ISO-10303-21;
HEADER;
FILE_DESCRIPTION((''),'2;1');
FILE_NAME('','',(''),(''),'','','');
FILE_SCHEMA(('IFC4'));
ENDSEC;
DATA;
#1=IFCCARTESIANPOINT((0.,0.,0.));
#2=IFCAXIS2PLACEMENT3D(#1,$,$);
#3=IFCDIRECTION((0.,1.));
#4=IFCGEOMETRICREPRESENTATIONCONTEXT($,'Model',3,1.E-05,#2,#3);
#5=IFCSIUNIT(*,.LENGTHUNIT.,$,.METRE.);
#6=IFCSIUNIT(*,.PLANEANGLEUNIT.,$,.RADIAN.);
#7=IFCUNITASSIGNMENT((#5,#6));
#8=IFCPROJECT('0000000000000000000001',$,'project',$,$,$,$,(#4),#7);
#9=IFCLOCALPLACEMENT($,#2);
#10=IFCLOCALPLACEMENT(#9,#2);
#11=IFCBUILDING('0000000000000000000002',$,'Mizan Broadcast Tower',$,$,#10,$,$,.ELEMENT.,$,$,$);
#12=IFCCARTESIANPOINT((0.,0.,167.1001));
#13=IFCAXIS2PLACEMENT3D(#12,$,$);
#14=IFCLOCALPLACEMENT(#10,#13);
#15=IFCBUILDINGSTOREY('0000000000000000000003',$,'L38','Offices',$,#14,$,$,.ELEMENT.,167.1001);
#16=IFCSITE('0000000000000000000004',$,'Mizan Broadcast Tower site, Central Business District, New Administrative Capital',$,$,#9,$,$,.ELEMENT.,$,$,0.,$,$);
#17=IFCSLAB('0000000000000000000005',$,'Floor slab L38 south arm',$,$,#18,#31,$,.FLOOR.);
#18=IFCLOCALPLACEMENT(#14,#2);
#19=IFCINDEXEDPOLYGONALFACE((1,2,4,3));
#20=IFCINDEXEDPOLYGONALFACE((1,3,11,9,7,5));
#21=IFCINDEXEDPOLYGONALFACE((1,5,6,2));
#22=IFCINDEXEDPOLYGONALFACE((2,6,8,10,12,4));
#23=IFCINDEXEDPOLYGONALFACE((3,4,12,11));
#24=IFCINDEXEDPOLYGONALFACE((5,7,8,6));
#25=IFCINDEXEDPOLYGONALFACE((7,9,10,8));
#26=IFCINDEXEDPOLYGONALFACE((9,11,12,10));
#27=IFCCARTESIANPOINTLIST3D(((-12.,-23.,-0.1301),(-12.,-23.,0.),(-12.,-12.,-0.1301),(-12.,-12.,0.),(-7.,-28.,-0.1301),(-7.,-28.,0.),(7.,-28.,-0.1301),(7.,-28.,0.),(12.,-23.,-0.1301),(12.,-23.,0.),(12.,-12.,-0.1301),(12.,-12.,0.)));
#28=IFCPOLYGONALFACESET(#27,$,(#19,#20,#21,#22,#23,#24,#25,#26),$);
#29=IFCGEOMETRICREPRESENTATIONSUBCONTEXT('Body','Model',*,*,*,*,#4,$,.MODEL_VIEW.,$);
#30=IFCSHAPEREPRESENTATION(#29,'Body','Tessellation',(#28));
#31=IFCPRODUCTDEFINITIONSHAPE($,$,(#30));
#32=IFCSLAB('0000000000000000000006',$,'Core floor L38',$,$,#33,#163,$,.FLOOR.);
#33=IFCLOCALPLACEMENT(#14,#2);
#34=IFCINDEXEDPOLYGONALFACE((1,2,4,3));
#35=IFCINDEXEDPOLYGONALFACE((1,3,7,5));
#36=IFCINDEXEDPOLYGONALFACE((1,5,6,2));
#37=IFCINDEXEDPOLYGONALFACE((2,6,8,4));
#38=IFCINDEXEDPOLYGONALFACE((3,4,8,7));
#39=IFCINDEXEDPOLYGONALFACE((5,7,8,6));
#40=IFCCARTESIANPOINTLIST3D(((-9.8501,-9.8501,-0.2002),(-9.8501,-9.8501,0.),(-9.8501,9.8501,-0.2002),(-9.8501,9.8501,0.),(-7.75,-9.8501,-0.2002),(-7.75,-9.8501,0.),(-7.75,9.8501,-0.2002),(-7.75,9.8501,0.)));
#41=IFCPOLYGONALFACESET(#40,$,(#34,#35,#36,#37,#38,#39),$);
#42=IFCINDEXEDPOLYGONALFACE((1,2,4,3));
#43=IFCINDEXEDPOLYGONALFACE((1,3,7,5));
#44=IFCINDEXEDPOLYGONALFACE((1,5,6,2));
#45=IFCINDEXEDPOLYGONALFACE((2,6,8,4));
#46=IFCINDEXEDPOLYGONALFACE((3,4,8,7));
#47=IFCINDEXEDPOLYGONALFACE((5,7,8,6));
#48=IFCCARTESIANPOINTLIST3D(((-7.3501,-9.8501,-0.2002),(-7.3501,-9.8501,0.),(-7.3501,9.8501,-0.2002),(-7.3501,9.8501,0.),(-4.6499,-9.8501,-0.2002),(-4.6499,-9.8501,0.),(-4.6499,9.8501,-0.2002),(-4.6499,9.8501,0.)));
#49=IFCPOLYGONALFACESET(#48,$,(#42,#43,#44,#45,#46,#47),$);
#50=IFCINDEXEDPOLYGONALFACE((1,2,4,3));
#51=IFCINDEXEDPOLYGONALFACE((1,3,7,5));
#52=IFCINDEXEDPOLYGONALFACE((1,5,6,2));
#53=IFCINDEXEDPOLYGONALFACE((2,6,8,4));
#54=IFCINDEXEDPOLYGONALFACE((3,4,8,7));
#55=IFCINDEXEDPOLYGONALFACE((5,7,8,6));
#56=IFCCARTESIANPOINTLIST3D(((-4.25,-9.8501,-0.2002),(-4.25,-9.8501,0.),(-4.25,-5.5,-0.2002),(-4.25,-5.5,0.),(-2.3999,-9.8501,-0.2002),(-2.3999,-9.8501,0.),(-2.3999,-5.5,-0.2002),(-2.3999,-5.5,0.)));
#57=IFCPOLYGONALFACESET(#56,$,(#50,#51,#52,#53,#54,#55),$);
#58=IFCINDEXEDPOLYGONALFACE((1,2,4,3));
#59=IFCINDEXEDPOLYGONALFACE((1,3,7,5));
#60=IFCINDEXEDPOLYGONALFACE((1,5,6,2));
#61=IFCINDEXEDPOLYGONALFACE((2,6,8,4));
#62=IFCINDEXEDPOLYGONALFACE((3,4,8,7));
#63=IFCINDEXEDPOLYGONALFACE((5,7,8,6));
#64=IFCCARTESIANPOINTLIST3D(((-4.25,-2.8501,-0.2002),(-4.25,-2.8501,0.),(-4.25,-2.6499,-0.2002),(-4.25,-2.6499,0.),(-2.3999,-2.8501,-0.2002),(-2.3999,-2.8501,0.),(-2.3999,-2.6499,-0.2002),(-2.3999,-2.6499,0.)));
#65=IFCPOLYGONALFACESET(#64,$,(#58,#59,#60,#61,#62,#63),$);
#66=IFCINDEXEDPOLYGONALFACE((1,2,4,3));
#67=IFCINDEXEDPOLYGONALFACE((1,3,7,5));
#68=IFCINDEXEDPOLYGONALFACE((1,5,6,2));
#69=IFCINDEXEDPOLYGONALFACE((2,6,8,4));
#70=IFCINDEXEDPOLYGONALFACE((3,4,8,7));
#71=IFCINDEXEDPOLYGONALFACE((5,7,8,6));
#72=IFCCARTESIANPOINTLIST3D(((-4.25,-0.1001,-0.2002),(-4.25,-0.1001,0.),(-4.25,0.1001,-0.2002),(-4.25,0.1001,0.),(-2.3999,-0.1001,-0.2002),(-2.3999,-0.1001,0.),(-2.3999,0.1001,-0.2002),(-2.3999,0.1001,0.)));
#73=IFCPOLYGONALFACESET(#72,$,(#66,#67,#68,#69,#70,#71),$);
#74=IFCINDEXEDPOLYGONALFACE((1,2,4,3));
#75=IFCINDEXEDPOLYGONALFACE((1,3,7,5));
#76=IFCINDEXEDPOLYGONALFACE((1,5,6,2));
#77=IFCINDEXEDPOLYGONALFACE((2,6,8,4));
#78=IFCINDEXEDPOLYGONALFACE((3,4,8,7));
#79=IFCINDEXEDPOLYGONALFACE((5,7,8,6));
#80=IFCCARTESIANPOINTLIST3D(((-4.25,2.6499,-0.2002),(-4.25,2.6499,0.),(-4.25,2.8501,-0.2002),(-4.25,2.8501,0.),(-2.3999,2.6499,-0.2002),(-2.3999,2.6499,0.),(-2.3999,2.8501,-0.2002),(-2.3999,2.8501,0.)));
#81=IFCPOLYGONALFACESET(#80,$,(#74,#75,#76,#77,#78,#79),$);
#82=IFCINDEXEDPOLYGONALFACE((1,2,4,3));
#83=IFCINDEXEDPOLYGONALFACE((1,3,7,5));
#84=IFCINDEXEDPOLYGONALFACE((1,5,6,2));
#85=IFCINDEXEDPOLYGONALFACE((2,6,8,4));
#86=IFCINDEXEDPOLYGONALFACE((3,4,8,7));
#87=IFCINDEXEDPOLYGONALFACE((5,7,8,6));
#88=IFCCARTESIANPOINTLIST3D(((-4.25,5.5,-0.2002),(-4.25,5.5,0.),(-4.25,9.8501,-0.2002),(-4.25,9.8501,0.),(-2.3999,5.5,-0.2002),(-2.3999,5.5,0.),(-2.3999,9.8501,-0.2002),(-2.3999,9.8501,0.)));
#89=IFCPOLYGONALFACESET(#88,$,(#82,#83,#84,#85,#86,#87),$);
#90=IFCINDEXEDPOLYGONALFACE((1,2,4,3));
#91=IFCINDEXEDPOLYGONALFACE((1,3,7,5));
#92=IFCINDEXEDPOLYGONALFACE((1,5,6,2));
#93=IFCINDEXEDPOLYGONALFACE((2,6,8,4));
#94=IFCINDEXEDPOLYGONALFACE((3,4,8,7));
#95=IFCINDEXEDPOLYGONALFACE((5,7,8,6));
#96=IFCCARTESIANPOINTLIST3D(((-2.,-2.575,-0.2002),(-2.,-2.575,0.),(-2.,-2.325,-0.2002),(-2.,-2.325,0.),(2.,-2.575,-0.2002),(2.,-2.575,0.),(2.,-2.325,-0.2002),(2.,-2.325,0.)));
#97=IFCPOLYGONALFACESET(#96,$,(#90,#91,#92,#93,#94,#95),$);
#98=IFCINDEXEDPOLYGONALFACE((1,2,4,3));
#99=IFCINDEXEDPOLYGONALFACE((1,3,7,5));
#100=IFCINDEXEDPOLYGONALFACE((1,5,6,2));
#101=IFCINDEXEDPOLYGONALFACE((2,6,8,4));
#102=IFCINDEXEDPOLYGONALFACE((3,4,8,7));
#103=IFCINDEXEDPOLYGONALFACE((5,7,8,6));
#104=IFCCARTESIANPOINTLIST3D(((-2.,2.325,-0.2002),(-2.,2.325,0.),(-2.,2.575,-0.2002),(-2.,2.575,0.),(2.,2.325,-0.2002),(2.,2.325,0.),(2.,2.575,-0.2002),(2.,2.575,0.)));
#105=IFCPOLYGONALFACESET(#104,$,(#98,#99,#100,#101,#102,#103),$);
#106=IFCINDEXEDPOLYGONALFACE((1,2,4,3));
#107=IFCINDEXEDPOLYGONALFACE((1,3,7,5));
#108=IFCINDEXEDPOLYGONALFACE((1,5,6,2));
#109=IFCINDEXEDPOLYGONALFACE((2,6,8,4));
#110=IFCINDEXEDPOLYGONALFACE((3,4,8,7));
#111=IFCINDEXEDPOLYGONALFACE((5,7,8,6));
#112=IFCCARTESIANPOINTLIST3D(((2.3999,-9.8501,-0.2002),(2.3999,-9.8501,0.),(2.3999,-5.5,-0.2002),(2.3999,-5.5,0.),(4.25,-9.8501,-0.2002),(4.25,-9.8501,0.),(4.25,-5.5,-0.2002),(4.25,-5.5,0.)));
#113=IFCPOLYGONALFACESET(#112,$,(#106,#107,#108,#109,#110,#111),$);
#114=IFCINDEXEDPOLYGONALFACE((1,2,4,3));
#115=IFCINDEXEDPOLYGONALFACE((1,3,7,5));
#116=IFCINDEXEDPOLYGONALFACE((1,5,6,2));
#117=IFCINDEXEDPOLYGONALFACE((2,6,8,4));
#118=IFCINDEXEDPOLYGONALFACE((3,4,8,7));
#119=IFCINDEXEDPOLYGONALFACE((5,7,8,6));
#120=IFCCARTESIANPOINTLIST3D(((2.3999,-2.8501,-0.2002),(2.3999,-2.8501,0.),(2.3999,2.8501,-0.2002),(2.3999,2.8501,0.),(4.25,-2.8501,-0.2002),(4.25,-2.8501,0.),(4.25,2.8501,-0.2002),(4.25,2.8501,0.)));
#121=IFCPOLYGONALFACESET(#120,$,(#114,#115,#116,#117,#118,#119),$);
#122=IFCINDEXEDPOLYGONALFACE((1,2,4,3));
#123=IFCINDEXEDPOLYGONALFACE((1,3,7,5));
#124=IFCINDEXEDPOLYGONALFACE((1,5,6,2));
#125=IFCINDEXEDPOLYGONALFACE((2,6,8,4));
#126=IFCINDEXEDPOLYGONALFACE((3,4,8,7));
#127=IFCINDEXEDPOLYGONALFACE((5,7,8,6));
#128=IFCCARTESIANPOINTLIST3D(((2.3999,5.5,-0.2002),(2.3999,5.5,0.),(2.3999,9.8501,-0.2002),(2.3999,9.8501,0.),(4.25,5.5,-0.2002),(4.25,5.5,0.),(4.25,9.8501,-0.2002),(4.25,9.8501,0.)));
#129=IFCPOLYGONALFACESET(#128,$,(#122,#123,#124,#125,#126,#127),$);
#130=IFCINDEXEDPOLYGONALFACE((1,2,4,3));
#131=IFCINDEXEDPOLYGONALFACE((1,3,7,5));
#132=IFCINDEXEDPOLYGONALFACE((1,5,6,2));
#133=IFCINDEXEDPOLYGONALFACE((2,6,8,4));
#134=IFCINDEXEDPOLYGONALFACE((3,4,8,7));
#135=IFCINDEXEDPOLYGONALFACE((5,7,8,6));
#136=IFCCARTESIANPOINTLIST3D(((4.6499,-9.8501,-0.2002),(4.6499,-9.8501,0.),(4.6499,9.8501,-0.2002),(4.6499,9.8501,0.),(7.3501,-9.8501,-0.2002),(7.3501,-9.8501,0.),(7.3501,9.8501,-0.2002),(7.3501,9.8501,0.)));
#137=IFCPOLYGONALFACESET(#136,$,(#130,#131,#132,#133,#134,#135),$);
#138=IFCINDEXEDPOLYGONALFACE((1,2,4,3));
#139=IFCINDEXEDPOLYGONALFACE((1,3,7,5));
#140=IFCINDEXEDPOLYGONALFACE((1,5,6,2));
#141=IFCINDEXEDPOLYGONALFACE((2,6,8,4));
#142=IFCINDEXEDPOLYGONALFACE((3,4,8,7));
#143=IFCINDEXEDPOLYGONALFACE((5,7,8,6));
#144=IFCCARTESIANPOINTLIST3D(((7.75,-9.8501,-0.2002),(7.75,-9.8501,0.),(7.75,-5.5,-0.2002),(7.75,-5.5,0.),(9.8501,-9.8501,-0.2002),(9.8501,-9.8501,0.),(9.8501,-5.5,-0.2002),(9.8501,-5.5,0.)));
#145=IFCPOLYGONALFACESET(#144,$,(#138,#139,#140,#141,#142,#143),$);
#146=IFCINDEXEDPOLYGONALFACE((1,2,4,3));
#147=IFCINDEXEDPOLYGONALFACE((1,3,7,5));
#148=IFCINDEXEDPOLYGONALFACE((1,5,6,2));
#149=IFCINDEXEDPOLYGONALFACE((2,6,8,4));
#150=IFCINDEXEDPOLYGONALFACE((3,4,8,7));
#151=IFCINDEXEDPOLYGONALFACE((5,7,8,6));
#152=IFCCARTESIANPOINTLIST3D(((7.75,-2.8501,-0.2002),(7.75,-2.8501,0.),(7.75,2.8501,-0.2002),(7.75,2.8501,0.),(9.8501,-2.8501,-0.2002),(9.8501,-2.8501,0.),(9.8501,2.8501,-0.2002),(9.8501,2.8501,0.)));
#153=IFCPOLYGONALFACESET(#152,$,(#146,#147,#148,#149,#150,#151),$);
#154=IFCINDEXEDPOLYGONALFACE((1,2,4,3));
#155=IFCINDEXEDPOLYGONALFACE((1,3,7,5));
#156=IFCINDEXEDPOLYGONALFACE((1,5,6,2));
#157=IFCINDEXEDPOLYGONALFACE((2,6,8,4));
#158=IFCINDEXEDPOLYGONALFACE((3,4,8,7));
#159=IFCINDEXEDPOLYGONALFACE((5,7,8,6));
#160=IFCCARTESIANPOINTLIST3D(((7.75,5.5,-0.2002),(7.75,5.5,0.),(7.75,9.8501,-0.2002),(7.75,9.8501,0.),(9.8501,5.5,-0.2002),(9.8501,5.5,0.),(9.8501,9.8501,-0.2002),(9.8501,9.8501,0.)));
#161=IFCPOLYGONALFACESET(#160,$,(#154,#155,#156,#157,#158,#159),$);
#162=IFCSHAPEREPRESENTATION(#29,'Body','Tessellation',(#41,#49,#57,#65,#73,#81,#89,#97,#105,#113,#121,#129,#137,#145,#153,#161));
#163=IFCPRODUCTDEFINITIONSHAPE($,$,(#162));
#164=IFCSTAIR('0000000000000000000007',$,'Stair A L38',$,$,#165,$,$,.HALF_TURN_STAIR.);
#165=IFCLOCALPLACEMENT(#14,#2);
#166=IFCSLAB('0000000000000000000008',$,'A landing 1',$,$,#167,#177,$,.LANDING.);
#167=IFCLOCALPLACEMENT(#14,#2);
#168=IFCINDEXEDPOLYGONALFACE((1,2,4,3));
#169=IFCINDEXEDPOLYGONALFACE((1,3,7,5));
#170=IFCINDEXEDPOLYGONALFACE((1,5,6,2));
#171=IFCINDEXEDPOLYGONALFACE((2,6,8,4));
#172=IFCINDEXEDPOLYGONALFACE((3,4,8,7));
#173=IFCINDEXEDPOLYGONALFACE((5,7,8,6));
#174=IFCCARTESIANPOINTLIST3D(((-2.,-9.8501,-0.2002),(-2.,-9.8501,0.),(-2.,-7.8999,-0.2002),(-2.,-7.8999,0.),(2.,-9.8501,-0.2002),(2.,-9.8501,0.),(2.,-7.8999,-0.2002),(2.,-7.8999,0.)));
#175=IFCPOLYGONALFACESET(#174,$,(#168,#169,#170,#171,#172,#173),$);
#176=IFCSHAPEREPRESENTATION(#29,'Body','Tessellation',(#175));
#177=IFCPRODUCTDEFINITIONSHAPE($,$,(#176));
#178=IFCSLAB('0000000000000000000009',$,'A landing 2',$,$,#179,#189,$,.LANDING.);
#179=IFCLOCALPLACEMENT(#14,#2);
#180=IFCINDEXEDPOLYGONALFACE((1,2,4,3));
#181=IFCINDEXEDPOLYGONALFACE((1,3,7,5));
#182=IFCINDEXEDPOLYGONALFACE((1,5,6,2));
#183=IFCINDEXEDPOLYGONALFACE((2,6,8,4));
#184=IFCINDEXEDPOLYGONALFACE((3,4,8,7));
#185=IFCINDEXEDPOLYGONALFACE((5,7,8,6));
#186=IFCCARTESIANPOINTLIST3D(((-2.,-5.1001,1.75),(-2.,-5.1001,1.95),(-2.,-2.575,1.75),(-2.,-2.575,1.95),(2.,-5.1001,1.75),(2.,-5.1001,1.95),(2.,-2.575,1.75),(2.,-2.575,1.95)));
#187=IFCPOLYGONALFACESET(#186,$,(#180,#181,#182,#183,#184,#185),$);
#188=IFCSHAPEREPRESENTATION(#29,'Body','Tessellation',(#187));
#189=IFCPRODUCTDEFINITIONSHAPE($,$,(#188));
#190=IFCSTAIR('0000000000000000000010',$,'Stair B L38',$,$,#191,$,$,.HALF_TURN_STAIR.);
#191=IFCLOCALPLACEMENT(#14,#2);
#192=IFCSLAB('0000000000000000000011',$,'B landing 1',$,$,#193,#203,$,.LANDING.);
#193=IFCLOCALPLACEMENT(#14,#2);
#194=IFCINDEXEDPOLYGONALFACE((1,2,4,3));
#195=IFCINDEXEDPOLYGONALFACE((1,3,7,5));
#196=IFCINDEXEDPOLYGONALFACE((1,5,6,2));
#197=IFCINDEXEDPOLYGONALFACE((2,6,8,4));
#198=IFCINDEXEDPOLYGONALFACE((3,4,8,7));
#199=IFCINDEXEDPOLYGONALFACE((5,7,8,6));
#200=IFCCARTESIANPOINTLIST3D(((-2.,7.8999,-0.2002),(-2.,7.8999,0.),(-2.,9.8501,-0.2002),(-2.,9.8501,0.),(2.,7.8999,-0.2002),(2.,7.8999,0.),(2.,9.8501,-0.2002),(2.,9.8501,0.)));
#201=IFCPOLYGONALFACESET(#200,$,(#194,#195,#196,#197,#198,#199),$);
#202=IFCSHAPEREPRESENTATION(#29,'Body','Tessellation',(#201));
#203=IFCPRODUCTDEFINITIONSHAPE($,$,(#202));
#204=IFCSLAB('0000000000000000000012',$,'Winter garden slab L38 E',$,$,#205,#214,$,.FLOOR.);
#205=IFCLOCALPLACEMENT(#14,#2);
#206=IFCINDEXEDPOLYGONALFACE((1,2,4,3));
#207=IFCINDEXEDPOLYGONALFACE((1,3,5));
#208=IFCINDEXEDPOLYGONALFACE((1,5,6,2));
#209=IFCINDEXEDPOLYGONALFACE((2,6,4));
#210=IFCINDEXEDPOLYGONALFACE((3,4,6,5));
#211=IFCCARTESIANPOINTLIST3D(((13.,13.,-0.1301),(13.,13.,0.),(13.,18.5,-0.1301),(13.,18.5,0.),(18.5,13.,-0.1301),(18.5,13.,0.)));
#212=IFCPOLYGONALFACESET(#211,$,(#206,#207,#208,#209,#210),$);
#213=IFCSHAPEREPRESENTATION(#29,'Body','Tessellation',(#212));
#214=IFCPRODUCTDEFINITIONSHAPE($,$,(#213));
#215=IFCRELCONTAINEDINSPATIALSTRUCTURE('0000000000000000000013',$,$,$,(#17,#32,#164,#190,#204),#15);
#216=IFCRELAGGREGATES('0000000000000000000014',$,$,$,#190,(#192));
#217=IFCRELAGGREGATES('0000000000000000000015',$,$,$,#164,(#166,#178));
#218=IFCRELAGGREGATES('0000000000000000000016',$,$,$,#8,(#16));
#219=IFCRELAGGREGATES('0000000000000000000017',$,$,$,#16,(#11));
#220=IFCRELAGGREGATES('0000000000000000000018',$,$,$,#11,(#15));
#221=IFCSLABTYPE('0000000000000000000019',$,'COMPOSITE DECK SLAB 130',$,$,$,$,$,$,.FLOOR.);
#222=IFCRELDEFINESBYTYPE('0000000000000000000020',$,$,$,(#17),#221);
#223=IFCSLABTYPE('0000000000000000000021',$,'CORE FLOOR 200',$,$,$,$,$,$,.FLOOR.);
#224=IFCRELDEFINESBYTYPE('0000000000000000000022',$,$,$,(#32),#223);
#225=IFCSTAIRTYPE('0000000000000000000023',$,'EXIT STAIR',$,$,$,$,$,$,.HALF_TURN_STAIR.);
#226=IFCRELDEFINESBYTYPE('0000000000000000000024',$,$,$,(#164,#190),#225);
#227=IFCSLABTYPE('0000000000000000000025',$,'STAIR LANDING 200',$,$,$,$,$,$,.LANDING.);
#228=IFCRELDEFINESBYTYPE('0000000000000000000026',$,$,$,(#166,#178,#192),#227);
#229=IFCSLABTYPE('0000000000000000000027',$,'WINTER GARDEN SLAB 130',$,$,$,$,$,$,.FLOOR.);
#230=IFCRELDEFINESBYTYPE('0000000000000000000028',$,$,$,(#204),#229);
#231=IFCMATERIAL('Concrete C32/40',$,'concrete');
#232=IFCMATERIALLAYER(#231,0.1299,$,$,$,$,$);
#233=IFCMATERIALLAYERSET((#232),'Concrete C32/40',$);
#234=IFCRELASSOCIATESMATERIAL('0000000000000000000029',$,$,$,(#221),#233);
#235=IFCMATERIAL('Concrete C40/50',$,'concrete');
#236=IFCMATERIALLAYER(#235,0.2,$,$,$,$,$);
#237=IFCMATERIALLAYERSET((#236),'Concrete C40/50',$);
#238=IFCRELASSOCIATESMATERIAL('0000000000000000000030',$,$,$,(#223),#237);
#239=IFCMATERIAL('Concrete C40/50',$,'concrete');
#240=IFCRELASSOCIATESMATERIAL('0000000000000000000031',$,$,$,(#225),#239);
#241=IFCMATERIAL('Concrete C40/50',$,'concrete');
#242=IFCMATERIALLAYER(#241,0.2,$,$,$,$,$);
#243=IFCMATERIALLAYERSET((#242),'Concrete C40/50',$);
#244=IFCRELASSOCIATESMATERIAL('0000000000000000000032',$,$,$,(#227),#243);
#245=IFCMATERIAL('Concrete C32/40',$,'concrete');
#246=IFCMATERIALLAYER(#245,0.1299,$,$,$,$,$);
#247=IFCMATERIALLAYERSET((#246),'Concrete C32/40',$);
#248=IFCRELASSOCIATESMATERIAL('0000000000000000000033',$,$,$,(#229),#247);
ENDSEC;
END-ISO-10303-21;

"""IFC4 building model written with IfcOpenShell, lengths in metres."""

from ifc_helpers import new_model, si_unit, direction, frame, origin, place, context, subcontext, project, spatial, polyline, outline, extrude, material, layer, layer_set, type_object, element, aggregate, save


model = new_model("IFC4")

# Units and contexts
model_context = context("Model", 3, precision=1e-05, world=origin(), true_north=direction((0.0, 1.0)))
body_context = subcontext(model_context, "Body", "Model", "MODEL_VIEW")
ifc_project = project(units=[si_unit("LENGTHUNIT", "METRE"), si_unit("PLANEANGLEUNIT", "RADIAN")], contexts=[model_context])

# Site, building, storey
site_placement = place(None, origin())
site = spatial("IfcSite", under=ifc_project, at=site_placement, Name="Mizan Broadcast Tower site, Central Business District, New Administrative Capital", CompositionType="ELEMENT", RefElevation=0.0)
building_placement = place(site_placement, origin())
building = spatial("IfcBuilding", under=site, at=building_placement, Name="Mizan Broadcast Tower", CompositionType="ELEMENT")
storey_placement = place(building_placement, frame((0.0, 0.0, 167.1001)))
storey = spatial("IfcBuildingStorey", under=building, at=storey_placement, Name="L38", Description="Offices", CompositionType="ELEMENT", Elevation=167.1001)

# Slabs
ifc_material_1 = material(Name="Concrete C32/40", Category="concrete")
ifc_layer_1 = layer(ifc_material_1, 0.1299)
ifc_layer_set_1 = layer_set([ifc_layer_1], Name="Concrete C32/40")
slab_type_1 = type_object("IfcSlabType", Name="COMPOSITE DECK SLAB 130", PredefinedType="FLOOR", material=ifc_layer_set_1)
slab_1_placement = place(storey_placement, frame((0.0, 0.0, -0.1301)))
element("IfcSlab", 1, at=slab_1_placement, inside=storey, type_object=slab_type_1, Name="Floor slab L38 south arm", PredefinedType="FLOOR", context=body_context, shape_type="SweptSolid", body=[
    extrude(outline(polyline([(7.0, -28.0), (12.0, -23.0), (12.0, -12.0), (-12.0, -12.0), (-12.0, -23.0), (-7.0, -28.0), (7.0, -28.0)])), origin(), (0.0, 0.0, 1.0), 0.1301),
])
ifc_material_2 = material(Name="Concrete C40/50", Category="concrete")
ifc_layer_2 = layer(ifc_material_2, 0.2)
ifc_layer_set_2 = layer_set([ifc_layer_2], Name="Concrete C40/50")
slab_type_2 = type_object("IfcSlabType", Name="CORE FLOOR 200", PredefinedType="FLOOR", material=ifc_layer_set_2)
slab_2_placement = place(storey_placement, frame((0.0, 0.0, -0.2002)))
element("IfcSlab", 2, at=slab_2_placement, inside=storey, type_object=slab_type_2, Name="Core floor L38", PredefinedType="FLOOR", context=body_context, shape_type="SweptSolid", body=[
    extrude(outline(polyline([(-9.8501, -9.8501), (-7.75, -9.8501), (-7.75, 9.8501), (-9.8501, 9.8501), (-9.8501, -9.8501)])), origin(), (0.0, 0.0, 1.0), 0.2002),
    extrude(outline(polyline([(-4.6499, 9.8501), (-7.3501, 9.8501), (-7.3501, -9.8501), (-4.6499, -9.8501), (-4.6499, 9.8501)])), origin(), (0.0, 0.0, 1.0), 0.2002),
    extrude(outline(polyline([(-4.25, -5.5), (-4.25, -9.8501), (-2.3999, -9.8501), (-2.3999, -5.5), (-4.25, -5.5)])), origin(), (0.0, 0.0, 1.0), 0.2002),
    extrude(outline(polyline([(-4.25, -2.8501), (-2.3999, -2.8501), (-2.3999, -2.6499), (-4.25, -2.6499), (-4.25, -2.8501)])), origin(), (0.0, 0.0, 1.0), 0.2002),
    extrude(outline(polyline([(-4.25, -0.1001), (-2.3999, -0.1001), (-2.3999, 0.1001), (-4.25, 0.1001), (-4.25, -0.1001)])), origin(), (0.0, 0.0, 1.0), 0.2002),
    extrude(outline(polyline([(-4.25, 2.6499), (-2.3999, 2.6499), (-2.3999, 2.8501), (-4.25, 2.8501), (-4.25, 2.6499)])), origin(), (0.0, 0.0, 1.0), 0.2002),
    extrude(outline(polyline([(-4.25, 5.5), (-2.3999, 5.5), (-2.3999, 9.8501), (-4.25, 9.8501), (-4.25, 5.5)])), origin(), (0.0, 0.0, 1.0), 0.2002),
    extrude(outline(polyline([(2.0, -2.325), (-2.0, -2.325), (-2.0, -2.575), (2.0, -2.575), (2.0, -2.325)])), origin(), (0.0, 0.0, 1.0), 0.2002),
    extrude(outline(polyline([(2.0, 2.575), (-2.0, 2.575), (-2.0, 2.325), (2.0, 2.325), (2.0, 2.575)])), origin(), (0.0, 0.0, 1.0), 0.2002),
    extrude(outline(polyline([(4.25, -9.8501), (4.25, -5.5), (2.3999, -5.5), (2.3999, -9.8501), (4.25, -9.8501)])), origin(), (0.0, 0.0, 1.0), 0.2002),
    extrude(outline(polyline([(4.25, -2.8501), (4.25, 2.8501), (2.3999, 2.8501), (2.3999, -2.8501), (4.25, -2.8501)])), origin(), (0.0, 0.0, 1.0), 0.2002),
    extrude(outline(polyline([(4.25, 5.5), (4.25, 9.8501), (2.3999, 9.8501), (2.3999, 5.5), (4.25, 5.5)])), origin(), (0.0, 0.0, 1.0), 0.2002),
    extrude(outline(polyline([(4.6499, 9.8501), (4.6499, -9.8501), (7.3501, -9.8501), (7.3501, 9.8501), (4.6499, 9.8501)])), origin(), (0.0, 0.0, 1.0), 0.2002),
    extrude(outline(polyline([(9.8501, -9.8501), (9.8501, -5.5), (7.75, -5.5), (7.75, -9.8501), (9.8501, -9.8501)])), origin(), (0.0, 0.0, 1.0), 0.2002),
    extrude(outline(polyline([(7.75, -2.8501), (9.8501, -2.8501), (9.8501, 2.8501), (7.75, 2.8501), (7.75, -2.8501)])), origin(), (0.0, 0.0, 1.0), 0.2002),
    extrude(outline(polyline([(9.8501, 5.5), (9.8501, 9.8501), (7.75, 9.8501), (7.75, 5.5), (9.8501, 5.5)])), origin(), (0.0, 0.0, 1.0), 0.2002),
])

# Stair, slabs
ifc_material_3 = material(Name="Concrete C40/50", Category="concrete")
stair_type = type_object("IfcStairType", Name="EXIT STAIR", PredefinedType="HALF_TURN_STAIR", material=ifc_material_3)
stair_1_placement = place(storey_placement, origin())
stair_1 = element("IfcStair", 3, at=stair_1_placement, inside=storey, type_object=stair_type, Name="Stair A L38", PredefinedType="HALF_TURN_STAIR")
ifc_material_4 = material(Name="Concrete C40/50", Category="concrete")
ifc_layer_3 = layer(ifc_material_4, 0.2)
ifc_layer_set_3 = layer_set([ifc_layer_3], Name="Concrete C40/50")
slab_type_3 = type_object("IfcSlabType", Name="STAIR LANDING 200", PredefinedType="LANDING", material=ifc_layer_set_3)
slab_3_placement = place(storey_placement, frame((0.0, 0.0, -0.2002)))
slab_3 = element("IfcSlab", 4, at=slab_3_placement, type_object=slab_type_3, Name="A landing 1", PredefinedType="LANDING", context=body_context, shape_type="SweptSolid", body=[
    extrude(outline(polyline([(-2.0, -9.8501), (-2.0, -7.8999), (2.0, -7.8999), (2.0, -9.8501), (-2.0, -9.8501)])), origin(), (0.0, 0.0, 1.0), 0.2002),
])
slab_4_placement = place(storey_placement, frame((0.0, 0.0, 1.75)))
slab_4 = element("IfcSlab", 5, at=slab_4_placement, type_object=slab_type_3, Name="A landing 2", PredefinedType="LANDING", context=body_context, shape_type="SweptSolid", body=[
    extrude(outline(polyline([(-2.0, -5.1001), (-2.0, -2.575), (2.0, -2.575), (2.0, -5.1001), (-2.0, -5.1001)])), origin(), (0.0, 0.0, 1.0), 0.2),
])

# Stair, slab
stair_2_placement = place(storey_placement, origin())
stair_2 = element("IfcStair", 6, at=stair_2_placement, inside=storey, type_object=stair_type, Name="Stair B L38", PredefinedType="HALF_TURN_STAIR")
slab_5_placement = place(storey_placement, frame((0.0, 0.0, -0.2002)))
slab_5 = element("IfcSlab", 7, at=slab_5_placement, type_object=slab_type_3, Name="B landing 1", PredefinedType="LANDING", context=body_context, shape_type="SweptSolid", body=[
    extrude(outline(polyline([(2.0, 9.8501), (2.0, 7.8999), (-2.0, 7.8999), (-2.0, 9.8501), (2.0, 9.8501)])), origin(), (0.0, 0.0, 1.0), 0.2002),
])
aggregate(stair_2, [slab_5])

# Slab
ifc_material_5 = material(Name="Concrete C32/40", Category="concrete")
ifc_layer_4 = layer(ifc_material_5, 0.1299)
ifc_layer_set_4 = layer_set([ifc_layer_4], Name="Concrete C32/40")
slab_type_4 = type_object("IfcSlabType", Name="WINTER GARDEN SLAB 130", PredefinedType="FLOOR", material=ifc_layer_set_4)
slab_6_placement = place(storey_placement, frame((0.0, 0.0, -0.1301)))
element("IfcSlab", 8, at=slab_6_placement, inside=storey, type_object=slab_type_4, Name="Winter garden slab L38 E", PredefinedType="FLOOR", context=body_context, shape_type="SweptSolid", body=[
    extrude(outline(polyline([(13.0, 13.0), (18.5, 13.0), (13.0, 18.5), (13.0, 13.0)])), origin(), (0.0, 0.0, 1.0), 0.1301),
])

aggregate(stair_1, [slab_3, slab_4])

save(model, "model.ifc")
